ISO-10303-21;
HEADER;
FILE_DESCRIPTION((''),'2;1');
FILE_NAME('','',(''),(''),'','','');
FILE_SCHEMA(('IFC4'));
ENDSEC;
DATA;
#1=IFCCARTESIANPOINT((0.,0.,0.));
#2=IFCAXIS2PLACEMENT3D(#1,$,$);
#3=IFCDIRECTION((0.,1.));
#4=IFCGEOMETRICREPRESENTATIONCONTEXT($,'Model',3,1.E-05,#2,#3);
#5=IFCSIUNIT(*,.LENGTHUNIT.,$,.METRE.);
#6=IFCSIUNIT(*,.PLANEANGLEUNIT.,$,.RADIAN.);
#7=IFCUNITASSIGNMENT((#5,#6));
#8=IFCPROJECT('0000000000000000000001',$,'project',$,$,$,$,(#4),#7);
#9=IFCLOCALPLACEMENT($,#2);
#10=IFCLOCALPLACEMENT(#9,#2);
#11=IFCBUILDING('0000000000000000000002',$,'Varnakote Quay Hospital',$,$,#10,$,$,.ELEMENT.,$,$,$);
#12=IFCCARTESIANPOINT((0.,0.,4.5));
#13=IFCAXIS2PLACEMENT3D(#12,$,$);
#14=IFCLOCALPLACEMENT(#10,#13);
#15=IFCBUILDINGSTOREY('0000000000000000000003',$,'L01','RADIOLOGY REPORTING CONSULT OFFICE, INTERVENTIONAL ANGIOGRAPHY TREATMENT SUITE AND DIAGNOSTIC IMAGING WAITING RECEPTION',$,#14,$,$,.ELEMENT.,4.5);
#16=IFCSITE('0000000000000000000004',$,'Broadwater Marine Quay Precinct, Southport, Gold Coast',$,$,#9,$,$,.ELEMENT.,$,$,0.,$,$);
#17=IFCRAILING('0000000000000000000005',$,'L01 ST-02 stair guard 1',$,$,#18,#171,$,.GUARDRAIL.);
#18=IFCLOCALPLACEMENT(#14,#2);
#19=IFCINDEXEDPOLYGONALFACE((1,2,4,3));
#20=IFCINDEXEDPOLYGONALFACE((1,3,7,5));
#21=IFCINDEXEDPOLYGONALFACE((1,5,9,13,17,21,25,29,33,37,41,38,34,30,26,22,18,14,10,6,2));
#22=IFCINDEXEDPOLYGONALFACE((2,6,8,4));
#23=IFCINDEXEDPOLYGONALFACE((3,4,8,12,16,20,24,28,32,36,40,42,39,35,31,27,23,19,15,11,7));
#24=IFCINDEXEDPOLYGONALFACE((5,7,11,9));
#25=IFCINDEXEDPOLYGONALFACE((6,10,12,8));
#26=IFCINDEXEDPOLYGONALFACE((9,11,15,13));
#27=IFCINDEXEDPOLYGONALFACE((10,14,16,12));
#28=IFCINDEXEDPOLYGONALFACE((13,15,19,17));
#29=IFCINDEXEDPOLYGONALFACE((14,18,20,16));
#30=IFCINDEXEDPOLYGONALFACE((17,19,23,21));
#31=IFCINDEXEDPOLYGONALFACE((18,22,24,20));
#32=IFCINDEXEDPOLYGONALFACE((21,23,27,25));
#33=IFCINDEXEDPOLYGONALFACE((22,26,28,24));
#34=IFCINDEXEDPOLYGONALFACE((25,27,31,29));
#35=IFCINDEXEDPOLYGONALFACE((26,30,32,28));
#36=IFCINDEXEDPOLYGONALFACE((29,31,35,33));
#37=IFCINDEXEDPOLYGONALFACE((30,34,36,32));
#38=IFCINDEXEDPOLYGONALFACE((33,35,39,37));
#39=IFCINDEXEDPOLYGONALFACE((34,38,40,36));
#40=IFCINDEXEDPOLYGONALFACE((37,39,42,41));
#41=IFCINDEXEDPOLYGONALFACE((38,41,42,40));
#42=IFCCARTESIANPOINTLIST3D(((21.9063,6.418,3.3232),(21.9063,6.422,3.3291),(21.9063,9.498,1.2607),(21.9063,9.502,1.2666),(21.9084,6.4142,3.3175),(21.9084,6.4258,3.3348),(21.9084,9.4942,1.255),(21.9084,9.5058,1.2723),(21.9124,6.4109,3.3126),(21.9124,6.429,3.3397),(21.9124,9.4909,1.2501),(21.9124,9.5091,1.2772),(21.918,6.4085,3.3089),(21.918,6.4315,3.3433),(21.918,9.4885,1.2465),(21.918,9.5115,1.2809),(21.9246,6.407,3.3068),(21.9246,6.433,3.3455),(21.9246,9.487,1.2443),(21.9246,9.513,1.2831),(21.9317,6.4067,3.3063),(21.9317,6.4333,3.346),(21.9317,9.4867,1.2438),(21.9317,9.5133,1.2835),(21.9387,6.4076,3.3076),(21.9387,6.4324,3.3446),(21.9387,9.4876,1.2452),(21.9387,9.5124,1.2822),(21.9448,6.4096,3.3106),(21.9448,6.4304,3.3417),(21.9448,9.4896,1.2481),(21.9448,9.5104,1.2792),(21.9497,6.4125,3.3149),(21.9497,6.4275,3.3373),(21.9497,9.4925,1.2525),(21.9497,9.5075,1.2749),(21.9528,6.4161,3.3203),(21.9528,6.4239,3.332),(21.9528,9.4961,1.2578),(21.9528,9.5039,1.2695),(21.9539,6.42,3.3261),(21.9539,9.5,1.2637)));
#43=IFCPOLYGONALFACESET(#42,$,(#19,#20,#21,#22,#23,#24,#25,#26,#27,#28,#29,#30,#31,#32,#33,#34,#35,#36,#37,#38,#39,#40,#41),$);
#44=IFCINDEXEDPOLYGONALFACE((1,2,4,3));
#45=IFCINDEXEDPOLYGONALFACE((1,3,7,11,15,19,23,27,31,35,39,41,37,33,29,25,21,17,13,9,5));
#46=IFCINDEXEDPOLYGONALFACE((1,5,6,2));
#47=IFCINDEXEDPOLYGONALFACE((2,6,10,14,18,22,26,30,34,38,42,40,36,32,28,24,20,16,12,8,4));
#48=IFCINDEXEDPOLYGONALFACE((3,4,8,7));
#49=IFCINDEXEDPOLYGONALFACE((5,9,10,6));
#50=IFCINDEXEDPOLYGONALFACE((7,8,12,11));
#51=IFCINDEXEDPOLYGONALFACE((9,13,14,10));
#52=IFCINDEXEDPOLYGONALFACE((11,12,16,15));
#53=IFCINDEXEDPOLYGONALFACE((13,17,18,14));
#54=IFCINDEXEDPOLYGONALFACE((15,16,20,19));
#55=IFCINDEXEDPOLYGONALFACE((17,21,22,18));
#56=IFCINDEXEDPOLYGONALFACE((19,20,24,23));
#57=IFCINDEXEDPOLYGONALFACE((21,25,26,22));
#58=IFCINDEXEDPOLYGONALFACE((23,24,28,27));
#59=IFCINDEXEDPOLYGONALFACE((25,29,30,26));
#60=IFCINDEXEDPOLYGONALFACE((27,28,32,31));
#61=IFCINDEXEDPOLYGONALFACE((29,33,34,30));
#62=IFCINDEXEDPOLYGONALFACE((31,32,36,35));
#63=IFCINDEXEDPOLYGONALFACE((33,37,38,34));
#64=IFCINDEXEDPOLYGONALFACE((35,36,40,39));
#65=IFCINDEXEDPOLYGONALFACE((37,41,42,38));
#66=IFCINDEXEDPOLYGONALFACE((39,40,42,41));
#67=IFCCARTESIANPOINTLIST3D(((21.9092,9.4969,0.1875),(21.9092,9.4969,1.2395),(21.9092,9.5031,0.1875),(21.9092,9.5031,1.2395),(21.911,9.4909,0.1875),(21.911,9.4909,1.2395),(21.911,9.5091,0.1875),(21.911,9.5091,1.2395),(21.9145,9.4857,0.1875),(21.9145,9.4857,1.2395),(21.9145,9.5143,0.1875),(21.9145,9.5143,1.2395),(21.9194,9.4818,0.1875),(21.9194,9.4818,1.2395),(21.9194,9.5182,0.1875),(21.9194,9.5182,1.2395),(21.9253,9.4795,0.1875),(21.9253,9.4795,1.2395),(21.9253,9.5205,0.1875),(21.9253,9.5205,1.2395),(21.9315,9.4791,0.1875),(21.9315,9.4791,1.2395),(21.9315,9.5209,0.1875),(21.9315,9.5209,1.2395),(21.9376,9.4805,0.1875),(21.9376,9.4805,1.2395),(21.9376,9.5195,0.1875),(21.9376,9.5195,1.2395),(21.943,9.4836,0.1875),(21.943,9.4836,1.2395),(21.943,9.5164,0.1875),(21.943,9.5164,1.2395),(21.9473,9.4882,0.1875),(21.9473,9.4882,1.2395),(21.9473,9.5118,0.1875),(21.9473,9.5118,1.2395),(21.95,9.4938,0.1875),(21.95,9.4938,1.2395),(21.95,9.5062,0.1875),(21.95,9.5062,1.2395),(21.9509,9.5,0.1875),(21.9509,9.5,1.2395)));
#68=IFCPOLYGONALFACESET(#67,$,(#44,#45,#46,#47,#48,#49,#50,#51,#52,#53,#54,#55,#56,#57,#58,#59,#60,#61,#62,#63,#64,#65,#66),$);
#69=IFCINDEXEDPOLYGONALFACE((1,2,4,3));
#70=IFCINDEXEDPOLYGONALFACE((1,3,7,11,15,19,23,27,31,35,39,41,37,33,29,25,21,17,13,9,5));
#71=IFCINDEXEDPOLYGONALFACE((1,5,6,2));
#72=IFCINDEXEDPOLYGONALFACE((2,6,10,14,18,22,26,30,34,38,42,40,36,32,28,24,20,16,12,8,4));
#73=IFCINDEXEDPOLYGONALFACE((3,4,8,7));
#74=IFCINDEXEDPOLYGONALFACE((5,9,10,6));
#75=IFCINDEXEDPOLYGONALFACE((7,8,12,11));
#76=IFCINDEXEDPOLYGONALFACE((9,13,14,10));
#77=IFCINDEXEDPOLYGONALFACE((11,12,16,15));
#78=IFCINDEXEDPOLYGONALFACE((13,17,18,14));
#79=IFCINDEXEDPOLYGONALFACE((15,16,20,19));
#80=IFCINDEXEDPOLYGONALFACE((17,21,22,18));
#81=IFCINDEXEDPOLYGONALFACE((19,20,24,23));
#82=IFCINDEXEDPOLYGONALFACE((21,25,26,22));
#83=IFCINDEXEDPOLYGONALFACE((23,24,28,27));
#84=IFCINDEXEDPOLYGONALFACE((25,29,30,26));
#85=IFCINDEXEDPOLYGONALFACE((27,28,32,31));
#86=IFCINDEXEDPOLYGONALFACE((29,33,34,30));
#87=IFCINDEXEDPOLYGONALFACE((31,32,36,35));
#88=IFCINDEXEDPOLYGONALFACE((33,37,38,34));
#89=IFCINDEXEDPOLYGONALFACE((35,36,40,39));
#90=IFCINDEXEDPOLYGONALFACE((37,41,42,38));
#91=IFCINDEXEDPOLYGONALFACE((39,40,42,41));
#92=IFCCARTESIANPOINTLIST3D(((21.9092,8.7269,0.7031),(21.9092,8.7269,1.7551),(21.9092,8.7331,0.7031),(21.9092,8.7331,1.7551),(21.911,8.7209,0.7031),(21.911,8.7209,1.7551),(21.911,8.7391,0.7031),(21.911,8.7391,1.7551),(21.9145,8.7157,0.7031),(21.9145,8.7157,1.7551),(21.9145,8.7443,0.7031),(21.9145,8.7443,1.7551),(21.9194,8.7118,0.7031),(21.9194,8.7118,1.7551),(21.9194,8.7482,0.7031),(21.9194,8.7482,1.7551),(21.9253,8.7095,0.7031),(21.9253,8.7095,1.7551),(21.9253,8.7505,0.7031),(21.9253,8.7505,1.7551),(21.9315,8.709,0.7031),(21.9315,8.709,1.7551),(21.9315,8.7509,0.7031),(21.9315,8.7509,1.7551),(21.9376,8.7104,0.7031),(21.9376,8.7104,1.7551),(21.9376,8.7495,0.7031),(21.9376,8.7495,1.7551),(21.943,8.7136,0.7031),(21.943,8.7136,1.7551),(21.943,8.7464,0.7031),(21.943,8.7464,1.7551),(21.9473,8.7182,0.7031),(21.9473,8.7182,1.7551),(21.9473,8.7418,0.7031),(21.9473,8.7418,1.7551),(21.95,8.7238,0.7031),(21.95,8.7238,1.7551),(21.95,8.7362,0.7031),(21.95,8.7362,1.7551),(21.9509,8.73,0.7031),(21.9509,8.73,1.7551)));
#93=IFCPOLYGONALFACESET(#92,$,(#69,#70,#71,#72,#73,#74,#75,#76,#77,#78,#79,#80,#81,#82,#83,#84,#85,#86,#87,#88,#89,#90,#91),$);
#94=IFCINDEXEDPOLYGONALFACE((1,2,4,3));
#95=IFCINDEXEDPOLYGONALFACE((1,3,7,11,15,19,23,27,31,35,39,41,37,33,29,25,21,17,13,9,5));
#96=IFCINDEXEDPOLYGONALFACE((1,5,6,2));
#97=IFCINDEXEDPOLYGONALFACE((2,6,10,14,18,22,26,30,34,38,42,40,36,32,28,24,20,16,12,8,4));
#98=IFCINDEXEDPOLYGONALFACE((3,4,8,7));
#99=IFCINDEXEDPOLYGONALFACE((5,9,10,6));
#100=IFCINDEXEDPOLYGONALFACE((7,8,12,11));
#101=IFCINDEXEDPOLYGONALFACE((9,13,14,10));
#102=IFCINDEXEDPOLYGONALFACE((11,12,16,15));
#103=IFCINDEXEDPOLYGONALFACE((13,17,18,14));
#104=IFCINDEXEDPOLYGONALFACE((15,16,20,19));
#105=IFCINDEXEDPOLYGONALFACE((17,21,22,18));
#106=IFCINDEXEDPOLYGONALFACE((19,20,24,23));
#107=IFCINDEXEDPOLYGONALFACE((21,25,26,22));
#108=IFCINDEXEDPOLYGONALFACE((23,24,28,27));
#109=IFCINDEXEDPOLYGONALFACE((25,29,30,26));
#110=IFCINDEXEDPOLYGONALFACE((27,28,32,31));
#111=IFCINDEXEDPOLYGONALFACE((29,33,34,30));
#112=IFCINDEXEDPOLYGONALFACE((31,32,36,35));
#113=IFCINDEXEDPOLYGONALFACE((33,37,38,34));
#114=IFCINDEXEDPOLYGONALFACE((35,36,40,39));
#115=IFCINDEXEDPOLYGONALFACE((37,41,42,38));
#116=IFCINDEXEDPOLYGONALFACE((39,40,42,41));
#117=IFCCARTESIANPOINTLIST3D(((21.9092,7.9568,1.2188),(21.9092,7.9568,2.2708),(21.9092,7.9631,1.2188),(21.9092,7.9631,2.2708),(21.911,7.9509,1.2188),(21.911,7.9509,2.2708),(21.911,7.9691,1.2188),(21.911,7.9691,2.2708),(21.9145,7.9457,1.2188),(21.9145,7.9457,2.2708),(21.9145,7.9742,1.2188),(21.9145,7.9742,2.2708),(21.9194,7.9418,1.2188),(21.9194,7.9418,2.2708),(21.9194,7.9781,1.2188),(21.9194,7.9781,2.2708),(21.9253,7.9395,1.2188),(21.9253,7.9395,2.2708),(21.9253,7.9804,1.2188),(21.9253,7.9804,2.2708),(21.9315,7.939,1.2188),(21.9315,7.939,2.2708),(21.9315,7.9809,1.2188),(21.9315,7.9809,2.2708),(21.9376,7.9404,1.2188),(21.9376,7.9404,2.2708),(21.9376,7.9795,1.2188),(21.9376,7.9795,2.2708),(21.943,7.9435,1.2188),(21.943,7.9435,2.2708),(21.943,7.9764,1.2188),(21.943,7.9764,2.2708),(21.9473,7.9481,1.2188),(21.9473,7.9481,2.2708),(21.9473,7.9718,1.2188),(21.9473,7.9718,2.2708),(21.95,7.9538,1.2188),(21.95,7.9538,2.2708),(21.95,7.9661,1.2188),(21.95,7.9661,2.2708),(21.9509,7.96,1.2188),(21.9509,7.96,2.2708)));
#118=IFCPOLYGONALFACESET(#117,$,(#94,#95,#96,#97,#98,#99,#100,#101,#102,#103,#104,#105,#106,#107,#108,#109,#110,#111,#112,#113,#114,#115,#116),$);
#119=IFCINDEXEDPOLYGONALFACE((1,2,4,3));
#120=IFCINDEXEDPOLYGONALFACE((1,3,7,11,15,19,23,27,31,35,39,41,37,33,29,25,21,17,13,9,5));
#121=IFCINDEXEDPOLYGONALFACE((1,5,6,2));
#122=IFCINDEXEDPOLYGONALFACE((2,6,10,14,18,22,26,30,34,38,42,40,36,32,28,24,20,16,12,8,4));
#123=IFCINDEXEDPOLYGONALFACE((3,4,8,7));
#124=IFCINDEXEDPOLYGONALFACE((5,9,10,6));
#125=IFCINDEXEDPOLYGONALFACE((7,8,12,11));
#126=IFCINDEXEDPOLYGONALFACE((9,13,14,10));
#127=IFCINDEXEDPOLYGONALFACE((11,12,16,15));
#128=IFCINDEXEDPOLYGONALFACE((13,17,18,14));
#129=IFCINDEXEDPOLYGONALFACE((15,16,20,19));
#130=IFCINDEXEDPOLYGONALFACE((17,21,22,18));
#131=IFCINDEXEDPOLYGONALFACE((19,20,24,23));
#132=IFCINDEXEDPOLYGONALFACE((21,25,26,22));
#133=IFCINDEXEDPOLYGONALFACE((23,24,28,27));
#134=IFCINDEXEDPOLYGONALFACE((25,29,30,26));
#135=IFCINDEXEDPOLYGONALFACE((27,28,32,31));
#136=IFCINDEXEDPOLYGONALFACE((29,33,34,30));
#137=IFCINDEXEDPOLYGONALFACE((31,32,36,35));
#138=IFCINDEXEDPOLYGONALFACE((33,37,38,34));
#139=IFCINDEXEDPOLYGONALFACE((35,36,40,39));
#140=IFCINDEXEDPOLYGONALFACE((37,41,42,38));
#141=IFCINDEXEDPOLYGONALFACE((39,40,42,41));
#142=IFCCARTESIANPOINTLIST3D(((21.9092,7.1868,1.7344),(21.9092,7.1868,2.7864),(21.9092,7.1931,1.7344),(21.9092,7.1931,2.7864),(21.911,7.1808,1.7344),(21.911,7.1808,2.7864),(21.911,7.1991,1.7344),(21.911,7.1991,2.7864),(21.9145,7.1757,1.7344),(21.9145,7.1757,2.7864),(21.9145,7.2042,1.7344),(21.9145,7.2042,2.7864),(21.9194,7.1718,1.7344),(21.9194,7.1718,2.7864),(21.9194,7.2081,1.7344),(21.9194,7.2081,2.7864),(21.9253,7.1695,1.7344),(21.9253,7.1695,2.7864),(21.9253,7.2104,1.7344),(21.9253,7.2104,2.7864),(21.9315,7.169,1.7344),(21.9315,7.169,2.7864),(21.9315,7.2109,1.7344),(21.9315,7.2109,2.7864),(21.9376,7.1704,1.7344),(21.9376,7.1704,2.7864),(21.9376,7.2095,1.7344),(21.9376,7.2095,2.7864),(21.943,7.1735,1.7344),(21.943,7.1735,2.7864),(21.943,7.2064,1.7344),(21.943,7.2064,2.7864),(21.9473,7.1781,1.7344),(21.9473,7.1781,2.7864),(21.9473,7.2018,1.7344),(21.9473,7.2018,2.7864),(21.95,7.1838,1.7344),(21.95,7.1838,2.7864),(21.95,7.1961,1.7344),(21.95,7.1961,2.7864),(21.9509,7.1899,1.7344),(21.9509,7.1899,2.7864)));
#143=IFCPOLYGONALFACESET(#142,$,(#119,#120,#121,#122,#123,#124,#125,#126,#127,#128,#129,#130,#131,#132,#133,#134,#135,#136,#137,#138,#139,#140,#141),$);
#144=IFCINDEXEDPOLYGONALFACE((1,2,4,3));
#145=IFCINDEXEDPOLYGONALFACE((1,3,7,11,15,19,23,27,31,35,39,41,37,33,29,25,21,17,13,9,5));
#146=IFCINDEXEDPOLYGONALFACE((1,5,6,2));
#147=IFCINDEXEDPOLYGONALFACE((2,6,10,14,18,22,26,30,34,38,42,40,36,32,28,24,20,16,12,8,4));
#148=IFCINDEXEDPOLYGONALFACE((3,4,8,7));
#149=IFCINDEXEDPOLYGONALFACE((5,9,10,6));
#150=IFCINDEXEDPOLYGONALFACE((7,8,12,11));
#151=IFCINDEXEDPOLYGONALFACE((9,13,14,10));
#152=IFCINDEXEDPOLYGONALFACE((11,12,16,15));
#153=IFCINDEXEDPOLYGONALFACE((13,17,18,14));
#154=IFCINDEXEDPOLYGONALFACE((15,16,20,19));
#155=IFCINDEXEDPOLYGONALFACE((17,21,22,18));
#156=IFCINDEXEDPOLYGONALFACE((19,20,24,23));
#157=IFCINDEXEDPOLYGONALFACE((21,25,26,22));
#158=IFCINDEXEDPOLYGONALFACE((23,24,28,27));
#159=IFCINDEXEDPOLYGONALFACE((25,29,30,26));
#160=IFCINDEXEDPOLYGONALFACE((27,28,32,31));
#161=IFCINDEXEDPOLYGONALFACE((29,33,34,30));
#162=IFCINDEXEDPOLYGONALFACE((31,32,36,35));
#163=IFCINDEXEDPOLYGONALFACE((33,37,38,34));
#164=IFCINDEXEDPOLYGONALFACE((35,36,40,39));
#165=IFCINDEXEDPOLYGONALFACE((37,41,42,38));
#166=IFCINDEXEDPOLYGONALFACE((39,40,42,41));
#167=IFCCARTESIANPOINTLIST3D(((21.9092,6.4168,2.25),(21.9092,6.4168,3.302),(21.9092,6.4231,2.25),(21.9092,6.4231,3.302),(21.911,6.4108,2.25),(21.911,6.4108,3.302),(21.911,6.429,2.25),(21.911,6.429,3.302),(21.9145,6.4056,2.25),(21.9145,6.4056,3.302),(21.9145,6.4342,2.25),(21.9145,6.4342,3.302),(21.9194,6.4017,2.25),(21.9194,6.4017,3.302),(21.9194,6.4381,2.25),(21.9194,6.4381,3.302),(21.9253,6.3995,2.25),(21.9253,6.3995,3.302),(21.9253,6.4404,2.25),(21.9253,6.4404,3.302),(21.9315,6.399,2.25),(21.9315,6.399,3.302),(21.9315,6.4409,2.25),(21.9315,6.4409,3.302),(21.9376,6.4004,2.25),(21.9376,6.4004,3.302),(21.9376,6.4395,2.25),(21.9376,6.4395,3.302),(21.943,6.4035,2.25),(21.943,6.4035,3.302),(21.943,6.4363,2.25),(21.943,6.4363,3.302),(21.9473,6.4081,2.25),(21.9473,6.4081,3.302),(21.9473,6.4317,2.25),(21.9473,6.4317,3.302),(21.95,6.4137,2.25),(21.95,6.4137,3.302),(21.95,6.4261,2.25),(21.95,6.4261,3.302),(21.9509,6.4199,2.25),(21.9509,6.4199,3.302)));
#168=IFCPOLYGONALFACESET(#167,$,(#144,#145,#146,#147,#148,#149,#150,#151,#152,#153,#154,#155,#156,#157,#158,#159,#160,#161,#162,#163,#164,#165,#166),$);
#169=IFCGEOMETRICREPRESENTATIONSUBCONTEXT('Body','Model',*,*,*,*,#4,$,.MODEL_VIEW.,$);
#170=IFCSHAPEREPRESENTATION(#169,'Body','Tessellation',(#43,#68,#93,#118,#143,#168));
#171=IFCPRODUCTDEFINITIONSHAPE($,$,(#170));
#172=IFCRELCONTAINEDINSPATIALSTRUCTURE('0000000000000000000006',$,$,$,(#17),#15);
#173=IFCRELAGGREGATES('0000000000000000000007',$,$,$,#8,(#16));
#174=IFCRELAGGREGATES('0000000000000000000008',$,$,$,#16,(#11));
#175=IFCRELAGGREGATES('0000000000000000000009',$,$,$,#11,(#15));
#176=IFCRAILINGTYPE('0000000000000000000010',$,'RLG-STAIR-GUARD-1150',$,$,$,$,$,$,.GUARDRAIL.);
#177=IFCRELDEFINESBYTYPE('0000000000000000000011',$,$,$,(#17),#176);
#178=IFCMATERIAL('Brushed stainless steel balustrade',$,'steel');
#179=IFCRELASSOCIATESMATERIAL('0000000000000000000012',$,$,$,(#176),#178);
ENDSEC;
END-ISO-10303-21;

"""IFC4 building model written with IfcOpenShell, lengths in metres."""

from ifc_helpers import new_model, si_unit, direction, frame, origin, origin_2d, place, context, subcontext, project, spatial, circle, extrude, material, type_object, element, save


model = new_model("IFC4")

# Units and contexts
model_context = context("Model", 3, precision=1e-05, world=origin(), true_north=direction((0.0, 1.0)))
body_context = subcontext(model_context, "Body", "Model", "MODEL_VIEW")
ifc_project = project(units=[si_unit("LENGTHUNIT", "METRE"), si_unit("PLANEANGLEUNIT", "RADIAN")], contexts=[model_context])

# Site, building, storey
site_placement = place(None, origin())
site = spatial("IfcSite", under=ifc_project, at=site_placement, Name="Broadwater Marine Quay Precinct, Southport, Gold Coast", CompositionType="ELEMENT", RefElevation=0.0)
building_placement = place(site_placement, origin())
building = spatial("IfcBuilding", under=site, at=building_placement, Name="Varnakote Quay Hospital", CompositionType="ELEMENT")
storey_placement = place(building_placement, frame((0.0, 0.0, 4.5)))
storey = spatial("IfcBuildingStorey", under=building, at=storey_placement, Name="L01", Description="RADIOLOGY REPORTING CONSULT OFFICE, INTERVENTIONAL ANGIOGRAPHY TREATMENT SUITE AND DIAGNOSTIC IMAGING WAITING RECEPTION", CompositionType="ELEMENT", Elevation=4.5)

# Railing
ifc_material_1 = material(Name="Brushed stainless steel balustrade", Category="steel")
railing_type_1 = type_object("IfcRailingType", Name="RLG-STAIR-GUARD-1150", PredefinedType="GUARDRAIL", material=ifc_material_1)
railing_1_placement = place(storey_placement, frame((21.9299, 9.5, 0.1875)))
element("IfcRailing", 1, at=railing_1_placement, inside=storey, type_object=railing_type_1, Name="L01 ST-02 stair guard 1", PredefinedType="GUARDRAIL", context=body_context, shape_type="SweptSolid", body=[
    extrude(circle(Radius=0.0239, at=origin_2d()), frame((0.0, 0.0, 1.0762), z_axis=(0.0, -0.830914, 0.556401), x_axis=(1.0, 0.0, 0.0)), (0.0, 0.0, 1.0), 3.7068),
    extrude(circle(Radius=0.021, at=origin_2d()), origin(), (0.0, 0.0, 1.0), 1.052),
    extrude(circle(Radius=0.021, at=origin_2d()), frame((0.0, -0.77, 0.5156)), (0.0, 0.0, 1.0), 1.052),
    extrude(circle(Radius=0.021, at=origin_2d()), frame((0.0, -1.54, 1.0312)), (0.0, 0.0, 1.0), 1.052),
    extrude(circle(Radius=0.021, at=origin_2d()), frame((0.0, -2.3101, 1.5469)), (0.0, 0.0, 1.0), 1.052),
    extrude(circle(Radius=0.021, at=origin_2d()), frame((0.0, -3.0801, 2.0625)), (0.0, 0.0, 1.0), 1.052),
])

save(model, "model.ifc")
